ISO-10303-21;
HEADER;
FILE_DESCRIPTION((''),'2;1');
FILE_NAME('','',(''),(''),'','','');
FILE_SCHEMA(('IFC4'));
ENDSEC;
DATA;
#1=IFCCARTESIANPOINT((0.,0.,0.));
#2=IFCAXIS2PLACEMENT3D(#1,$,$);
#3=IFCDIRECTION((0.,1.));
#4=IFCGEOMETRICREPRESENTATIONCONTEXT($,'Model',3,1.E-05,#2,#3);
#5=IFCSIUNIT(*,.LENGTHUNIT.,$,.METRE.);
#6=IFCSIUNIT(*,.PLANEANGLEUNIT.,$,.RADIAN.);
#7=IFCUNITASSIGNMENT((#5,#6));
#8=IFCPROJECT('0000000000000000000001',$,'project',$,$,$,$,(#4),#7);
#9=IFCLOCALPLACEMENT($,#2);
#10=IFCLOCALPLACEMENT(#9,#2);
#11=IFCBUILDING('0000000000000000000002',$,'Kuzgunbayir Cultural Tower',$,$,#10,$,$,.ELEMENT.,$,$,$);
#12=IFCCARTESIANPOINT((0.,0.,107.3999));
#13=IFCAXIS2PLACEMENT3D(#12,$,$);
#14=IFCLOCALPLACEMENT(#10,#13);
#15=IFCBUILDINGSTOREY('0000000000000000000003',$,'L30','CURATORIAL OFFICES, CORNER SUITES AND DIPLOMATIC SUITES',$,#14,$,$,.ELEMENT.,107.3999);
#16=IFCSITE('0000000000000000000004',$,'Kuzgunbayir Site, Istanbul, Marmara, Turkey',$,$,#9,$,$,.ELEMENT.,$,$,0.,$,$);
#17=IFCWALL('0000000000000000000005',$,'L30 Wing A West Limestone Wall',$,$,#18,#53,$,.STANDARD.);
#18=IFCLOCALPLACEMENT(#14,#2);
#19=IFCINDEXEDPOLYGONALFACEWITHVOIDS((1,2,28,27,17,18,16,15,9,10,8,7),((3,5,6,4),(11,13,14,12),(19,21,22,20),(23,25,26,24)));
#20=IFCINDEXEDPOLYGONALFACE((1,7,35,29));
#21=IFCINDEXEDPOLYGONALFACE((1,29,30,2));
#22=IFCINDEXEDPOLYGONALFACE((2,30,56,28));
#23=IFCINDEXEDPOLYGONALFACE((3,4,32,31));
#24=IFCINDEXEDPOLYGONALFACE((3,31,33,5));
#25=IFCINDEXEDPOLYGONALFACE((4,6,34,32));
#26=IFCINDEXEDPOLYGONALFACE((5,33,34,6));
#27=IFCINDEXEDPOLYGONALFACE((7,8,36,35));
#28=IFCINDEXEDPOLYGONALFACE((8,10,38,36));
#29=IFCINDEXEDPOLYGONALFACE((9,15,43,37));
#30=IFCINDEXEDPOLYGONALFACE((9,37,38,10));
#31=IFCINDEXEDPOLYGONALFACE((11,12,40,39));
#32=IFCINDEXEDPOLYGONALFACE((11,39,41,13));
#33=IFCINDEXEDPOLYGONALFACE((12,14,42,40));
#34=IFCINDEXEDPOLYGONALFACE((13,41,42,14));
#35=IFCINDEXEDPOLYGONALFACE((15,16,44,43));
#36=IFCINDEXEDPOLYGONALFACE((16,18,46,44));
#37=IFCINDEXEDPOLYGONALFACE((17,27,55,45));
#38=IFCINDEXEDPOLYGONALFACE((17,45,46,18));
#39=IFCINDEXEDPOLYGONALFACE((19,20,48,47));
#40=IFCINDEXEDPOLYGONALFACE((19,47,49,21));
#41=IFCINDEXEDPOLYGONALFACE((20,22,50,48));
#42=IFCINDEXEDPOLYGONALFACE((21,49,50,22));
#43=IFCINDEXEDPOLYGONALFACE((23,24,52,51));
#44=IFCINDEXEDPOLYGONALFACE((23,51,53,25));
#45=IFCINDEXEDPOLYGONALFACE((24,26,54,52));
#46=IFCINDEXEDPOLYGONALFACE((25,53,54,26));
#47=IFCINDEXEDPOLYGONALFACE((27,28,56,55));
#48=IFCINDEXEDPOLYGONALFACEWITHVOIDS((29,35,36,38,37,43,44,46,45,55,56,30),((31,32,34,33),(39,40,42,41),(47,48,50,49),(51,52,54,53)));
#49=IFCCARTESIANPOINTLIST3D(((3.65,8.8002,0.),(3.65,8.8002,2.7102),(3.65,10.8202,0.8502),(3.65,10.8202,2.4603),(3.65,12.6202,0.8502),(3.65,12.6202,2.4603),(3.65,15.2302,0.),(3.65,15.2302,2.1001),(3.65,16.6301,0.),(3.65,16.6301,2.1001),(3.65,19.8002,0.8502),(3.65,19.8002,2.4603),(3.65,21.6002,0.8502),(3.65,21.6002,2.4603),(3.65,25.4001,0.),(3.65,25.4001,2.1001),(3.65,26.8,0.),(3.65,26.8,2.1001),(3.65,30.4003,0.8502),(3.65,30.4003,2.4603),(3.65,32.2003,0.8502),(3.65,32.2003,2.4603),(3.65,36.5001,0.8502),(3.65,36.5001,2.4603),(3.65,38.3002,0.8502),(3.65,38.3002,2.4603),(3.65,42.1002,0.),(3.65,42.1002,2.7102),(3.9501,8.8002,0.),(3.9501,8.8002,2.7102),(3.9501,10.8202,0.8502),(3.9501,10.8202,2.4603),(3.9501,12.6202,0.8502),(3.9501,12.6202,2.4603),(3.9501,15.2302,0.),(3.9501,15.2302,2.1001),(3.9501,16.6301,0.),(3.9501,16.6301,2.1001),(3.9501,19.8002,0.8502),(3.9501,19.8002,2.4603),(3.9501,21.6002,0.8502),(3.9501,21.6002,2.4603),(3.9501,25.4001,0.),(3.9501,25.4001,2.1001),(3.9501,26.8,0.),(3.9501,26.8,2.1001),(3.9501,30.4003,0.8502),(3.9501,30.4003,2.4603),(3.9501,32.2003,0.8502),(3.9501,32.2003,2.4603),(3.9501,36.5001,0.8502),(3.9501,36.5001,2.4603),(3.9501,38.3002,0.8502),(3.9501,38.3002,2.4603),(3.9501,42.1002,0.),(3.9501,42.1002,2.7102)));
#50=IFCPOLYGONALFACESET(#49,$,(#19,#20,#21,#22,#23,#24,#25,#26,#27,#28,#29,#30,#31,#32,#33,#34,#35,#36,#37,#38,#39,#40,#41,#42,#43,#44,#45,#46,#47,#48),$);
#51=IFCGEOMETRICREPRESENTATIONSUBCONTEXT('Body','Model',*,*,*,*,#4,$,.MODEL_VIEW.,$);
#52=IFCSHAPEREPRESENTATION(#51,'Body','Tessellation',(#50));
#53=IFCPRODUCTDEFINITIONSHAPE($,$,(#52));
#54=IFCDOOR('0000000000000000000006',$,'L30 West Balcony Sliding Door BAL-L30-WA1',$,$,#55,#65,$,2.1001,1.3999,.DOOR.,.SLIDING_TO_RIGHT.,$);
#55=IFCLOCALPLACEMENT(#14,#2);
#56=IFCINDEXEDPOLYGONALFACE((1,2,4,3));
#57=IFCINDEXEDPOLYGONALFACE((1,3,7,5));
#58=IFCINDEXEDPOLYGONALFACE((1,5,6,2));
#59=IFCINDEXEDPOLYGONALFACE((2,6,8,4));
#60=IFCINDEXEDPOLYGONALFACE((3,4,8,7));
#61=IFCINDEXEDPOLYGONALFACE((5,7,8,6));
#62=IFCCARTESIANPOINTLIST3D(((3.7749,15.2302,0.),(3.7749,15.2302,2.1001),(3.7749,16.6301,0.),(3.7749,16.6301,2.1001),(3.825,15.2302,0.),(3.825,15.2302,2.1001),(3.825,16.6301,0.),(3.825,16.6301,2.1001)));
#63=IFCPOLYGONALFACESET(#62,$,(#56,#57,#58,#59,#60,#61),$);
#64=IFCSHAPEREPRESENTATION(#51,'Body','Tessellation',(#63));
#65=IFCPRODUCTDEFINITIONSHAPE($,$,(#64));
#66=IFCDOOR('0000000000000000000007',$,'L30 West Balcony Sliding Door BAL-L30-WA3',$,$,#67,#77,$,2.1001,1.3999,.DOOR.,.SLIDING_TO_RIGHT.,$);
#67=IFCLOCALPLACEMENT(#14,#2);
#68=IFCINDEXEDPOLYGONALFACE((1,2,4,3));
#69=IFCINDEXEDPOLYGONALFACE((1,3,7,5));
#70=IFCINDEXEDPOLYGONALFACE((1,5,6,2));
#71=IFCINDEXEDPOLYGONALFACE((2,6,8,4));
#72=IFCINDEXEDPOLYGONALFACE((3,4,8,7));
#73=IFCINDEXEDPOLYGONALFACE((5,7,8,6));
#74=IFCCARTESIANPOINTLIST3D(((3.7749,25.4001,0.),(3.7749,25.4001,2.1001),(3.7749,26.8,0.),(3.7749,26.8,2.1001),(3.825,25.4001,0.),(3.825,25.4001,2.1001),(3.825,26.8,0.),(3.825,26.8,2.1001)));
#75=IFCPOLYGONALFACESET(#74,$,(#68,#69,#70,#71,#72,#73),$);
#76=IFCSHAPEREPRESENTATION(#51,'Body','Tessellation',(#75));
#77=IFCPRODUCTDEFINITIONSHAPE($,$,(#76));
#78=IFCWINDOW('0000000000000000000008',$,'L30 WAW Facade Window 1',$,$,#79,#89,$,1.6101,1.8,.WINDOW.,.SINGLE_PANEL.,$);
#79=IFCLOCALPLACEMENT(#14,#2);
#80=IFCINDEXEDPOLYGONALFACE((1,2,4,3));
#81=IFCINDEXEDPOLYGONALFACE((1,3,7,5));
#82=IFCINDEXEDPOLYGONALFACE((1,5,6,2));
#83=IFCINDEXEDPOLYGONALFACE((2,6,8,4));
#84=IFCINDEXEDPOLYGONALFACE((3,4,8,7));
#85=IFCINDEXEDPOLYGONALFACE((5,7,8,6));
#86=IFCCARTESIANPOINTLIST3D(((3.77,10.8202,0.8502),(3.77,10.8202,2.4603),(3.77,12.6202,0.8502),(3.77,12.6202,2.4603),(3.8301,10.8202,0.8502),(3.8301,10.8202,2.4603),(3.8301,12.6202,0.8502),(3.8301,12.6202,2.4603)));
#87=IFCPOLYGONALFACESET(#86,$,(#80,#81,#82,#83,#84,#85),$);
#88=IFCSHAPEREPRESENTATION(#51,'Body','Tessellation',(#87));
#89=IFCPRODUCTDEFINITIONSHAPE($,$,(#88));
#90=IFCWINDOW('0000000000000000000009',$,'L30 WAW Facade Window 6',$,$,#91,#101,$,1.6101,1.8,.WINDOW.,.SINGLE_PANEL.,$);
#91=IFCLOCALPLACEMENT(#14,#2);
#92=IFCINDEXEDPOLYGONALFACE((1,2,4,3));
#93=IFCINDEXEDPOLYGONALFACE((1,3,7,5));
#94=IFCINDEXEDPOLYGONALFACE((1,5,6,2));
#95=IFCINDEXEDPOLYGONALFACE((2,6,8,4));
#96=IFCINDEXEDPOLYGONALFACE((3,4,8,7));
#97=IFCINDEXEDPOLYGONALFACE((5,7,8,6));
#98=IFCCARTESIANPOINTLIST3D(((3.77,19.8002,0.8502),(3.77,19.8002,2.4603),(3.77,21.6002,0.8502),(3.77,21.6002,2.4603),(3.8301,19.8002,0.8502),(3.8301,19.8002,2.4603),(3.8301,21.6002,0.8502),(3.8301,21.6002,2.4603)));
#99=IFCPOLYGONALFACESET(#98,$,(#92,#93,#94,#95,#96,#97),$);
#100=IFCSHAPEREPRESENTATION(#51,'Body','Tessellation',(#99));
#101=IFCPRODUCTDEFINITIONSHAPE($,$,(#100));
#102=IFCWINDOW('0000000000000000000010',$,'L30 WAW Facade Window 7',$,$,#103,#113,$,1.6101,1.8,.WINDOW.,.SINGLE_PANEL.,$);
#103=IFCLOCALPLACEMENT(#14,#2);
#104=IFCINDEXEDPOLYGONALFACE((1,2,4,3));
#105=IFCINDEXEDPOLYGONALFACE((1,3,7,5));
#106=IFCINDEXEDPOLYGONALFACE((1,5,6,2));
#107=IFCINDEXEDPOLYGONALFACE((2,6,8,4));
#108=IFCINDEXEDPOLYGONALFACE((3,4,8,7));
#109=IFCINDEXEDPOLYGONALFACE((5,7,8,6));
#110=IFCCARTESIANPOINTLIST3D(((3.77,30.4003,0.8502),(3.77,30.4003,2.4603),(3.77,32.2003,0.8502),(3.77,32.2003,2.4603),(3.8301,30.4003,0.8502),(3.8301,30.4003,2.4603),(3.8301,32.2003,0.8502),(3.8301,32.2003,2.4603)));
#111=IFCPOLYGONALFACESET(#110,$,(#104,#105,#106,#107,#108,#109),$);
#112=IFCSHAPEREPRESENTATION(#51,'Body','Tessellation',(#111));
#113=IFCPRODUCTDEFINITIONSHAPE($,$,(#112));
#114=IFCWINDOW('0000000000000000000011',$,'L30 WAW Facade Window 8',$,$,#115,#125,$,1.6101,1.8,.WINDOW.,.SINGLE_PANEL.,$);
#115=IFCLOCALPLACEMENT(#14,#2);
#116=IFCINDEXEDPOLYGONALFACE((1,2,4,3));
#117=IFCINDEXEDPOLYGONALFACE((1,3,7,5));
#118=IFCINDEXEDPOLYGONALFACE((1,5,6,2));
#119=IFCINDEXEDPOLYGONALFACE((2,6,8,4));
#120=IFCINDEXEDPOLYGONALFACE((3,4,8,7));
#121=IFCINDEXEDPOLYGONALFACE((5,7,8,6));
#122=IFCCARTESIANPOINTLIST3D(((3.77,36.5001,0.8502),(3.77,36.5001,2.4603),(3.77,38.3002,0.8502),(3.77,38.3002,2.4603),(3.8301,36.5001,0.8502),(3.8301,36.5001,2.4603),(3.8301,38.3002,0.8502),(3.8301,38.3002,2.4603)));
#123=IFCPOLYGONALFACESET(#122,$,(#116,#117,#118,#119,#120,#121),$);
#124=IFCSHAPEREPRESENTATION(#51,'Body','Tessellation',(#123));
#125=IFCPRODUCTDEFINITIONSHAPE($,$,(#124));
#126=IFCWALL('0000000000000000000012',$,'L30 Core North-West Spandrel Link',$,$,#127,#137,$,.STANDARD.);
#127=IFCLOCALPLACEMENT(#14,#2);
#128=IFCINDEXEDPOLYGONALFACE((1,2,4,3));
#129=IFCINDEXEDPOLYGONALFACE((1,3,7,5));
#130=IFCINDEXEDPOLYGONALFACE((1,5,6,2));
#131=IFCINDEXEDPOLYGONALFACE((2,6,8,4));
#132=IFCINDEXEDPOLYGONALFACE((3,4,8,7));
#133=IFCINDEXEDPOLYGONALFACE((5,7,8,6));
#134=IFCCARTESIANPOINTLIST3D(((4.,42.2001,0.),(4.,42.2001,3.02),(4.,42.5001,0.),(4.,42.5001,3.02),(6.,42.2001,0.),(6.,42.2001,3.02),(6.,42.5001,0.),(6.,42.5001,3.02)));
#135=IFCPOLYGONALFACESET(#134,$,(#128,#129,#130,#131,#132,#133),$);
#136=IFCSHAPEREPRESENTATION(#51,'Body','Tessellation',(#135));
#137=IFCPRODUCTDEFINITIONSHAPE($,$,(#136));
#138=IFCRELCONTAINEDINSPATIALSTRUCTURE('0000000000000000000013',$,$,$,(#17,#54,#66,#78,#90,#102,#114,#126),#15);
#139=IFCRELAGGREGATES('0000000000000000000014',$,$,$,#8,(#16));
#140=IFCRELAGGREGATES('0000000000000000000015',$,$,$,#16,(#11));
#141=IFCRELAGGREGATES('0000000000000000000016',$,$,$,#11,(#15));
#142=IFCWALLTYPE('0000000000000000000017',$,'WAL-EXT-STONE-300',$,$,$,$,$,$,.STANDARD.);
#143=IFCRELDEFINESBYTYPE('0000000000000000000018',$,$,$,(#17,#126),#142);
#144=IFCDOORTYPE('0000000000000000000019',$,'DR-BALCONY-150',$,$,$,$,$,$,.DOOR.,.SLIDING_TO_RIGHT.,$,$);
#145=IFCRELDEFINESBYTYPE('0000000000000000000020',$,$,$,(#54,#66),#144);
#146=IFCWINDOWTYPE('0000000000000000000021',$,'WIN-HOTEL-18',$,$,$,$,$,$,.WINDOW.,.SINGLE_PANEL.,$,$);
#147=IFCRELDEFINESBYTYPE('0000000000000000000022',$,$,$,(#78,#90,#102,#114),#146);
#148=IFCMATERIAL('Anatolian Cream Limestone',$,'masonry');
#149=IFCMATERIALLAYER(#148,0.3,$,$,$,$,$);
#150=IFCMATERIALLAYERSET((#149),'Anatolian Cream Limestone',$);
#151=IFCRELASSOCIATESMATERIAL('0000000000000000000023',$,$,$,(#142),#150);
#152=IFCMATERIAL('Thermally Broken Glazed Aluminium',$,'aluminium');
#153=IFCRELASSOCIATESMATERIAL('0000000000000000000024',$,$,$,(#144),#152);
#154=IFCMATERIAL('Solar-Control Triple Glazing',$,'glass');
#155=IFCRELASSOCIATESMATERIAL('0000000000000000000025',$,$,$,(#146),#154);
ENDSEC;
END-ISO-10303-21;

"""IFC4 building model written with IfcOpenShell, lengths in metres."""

from ifc_helpers import new_model, si_unit, direction, frame, frame_2d, origin, place, context, subcontext, project, spatial, rectangle, extrude, material, layer, layer_set, type_object, element, fill, save


model = new_model("IFC4")

# Units and contexts
model_context = context("Model", 3, precision=1e-05, world=origin(), true_north=direction((0.0, 1.0)))
body_context = subcontext(model_context, "Body", "Model", "MODEL_VIEW")
ifc_project = project(units=[si_unit("LENGTHUNIT", "METRE"), si_unit("PLANEANGLEUNIT", "RADIAN")], contexts=[model_context])

# Site, building, storey
site_placement = place(None, origin())
site = spatial("IfcSite", under=ifc_project, at=site_placement, Name="Kuzgunbayir Site, Istanbul, Marmara, Turkey", CompositionType="ELEMENT", RefElevation=0.0)
building_placement = place(site_placement, origin())
building = spatial("IfcBuilding", under=site, at=building_placement, Name="Kuzgunbayir Cultural Tower", CompositionType="ELEMENT")
storey_placement = place(building_placement, frame((0.0, 0.0, 107.3999)))
storey = spatial("IfcBuildingStorey", under=building, at=storey_placement, Name="L30", Description="CURATORIAL OFFICES, CORNER SUITES AND DIPLOMATIC SUITES", CompositionType="ELEMENT", Elevation=107.3999)

# Wall, openings, doors, windows
ifc_material_1 = material(Name="Anatolian Cream Limestone", Category="masonry")
ifc_layer_1 = layer(ifc_material_1, 0.3)
ifc_layer_set_1 = layer_set([ifc_layer_1], Name="Anatolian Cream Limestone")
wall_type_1 = type_object("IfcWallType", Name="WAL-EXT-STONE-300", PredefinedType="STANDARD", material=ifc_layer_set_1)
wall_1_placement = place(storey_placement, frame((3.8, 42.1001, 0.0), z_axis=(0.0, 0.0, 1.0), x_axis=(0.0, -1.0, 0.0)))
wall_1 = element("IfcWall", 1, at=wall_1_placement, inside=storey, type_object=wall_type_1, Name="L30 Wing A West Limestone Wall", PredefinedType="STANDARD", context=body_context, shape_type="SweptSolid", body=[
    extrude(rectangle(XDim=33.3, YDim=0.3, at=frame_2d((16.6499, 0.0))), origin(), (0.0, 0.0, 1.0), 2.7102),
])
opening_1_placement = place(wall_1_placement, frame((25.47, 0.0, 0.0)))
opening_1 = element("IfcOpeningElement", 2, at=opening_1_placement, cuts=wall_1, PredefinedType="OPENING", context=body_context, shape_type="SweptSolid", body=[
    extrude(rectangle(XDim=1.3999, YDim=2.1001, at=frame_2d((0.7, 1.05))), frame((0.0, 0.1602, 0.0), z_axis=(0.0, -1.0, 0.0), x_axis=(1.0, 0.0, 0.0)), (0.0, 0.0, 1.0), 0.3201),
])
opening_2_placement = place(wall_1_placement, frame((15.3, 0.0, 0.0)))
opening_2 = element("IfcOpeningElement", 3, at=opening_2_placement, cuts=wall_1, PredefinedType="OPENING", context=body_context, shape_type="SweptSolid", body=[
    extrude(rectangle(XDim=1.3999, YDim=2.1001, at=frame_2d((0.7, 1.05))), frame((0.0, 0.1602, 0.0), z_axis=(0.0, -1.0, 0.0), x_axis=(1.0, 0.0, 0.0)), (0.0, 0.0, 1.0), 0.3201),
])
opening_3_placement = place(wall_1_placement, frame((29.48, 0.0, 0.8501)))
opening_3 = element("IfcOpeningElement", 4, at=opening_3_placement, cuts=wall_1, PredefinedType="OPENING", context=body_context, shape_type="SweptSolid", body=[
    extrude(rectangle(XDim=1.8, YDim=1.6101, at=frame_2d((0.8999, 0.8052))), frame((0.0, 0.1602, 0.0), z_axis=(0.0, -1.0, 0.0), x_axis=(1.0, 0.0, 0.0)), (0.0, 0.0, 1.0), 0.3201),
])
opening_4_placement = place(wall_1_placement, frame((20.5, 0.0, 0.8501)))
opening_4 = element("IfcOpeningElement", 5, at=opening_4_placement, cuts=wall_1, PredefinedType="OPENING", context=body_context, shape_type="SweptSolid", body=[
    extrude(rectangle(XDim=1.8, YDim=1.6101, at=frame_2d((0.8999, 0.8052))), frame((0.0, 0.1602, 0.0), z_axis=(0.0, -1.0, 0.0), x_axis=(1.0, 0.0, 0.0)), (0.0, 0.0, 1.0), 0.3201),
])
opening_5_placement = place(wall_1_placement, frame((9.8999, 0.0, 0.8501)))
opening_5 = element("IfcOpeningElement", 6, at=opening_5_placement, cuts=wall_1, PredefinedType="OPENING", context=body_context, shape_type="SweptSolid", body=[
    extrude(rectangle(XDim=1.8, YDim=1.6101, at=frame_2d((0.8999, 0.8052))), frame((0.0, 0.1602, 0.0), z_axis=(0.0, -1.0, 0.0), x_axis=(1.0, 0.0, 0.0)), (0.0, 0.0, 1.0), 0.3201),
])
opening_6_placement = place(wall_1_placement, frame((3.8, 0.0, 0.8501)))
opening_6 = element("IfcOpeningElement", 7, at=opening_6_placement, cuts=wall_1, PredefinedType="OPENING", context=body_context, shape_type="SweptSolid", body=[
    extrude(rectangle(XDim=1.8, YDim=1.6101, at=frame_2d((0.8999, 0.8052))), frame((0.0, 0.1602, 0.0), z_axis=(0.0, -1.0, 0.0), x_axis=(1.0, 0.0, 0.0)), (0.0, 0.0, 1.0), 0.3201),
])
ifc_material_2 = material(Name="Thermally Broken Glazed Aluminium", Category="aluminium")
door_type = type_object("IfcDoorType", Name="DR-BALCONY-150", OperationType="SLIDING_TO_RIGHT", PredefinedType="DOOR", material=ifc_material_2)
door_1_placement = place(opening_1_placement, origin())
door_1 = element("IfcDoor", 8, at=door_1_placement, inside=storey, type_object=door_type, Name="L30 West Balcony Sliding Door BAL-L30-WA1", OperationType="SLIDING_TO_RIGHT", OverallHeight=2.1001, OverallWidth=1.3999, PredefinedType="DOOR", context=body_context, shape_type="SweptSolid", body=[
    extrude(rectangle(XDim=1.3999, YDim=2.1001, at=frame_2d((0.7, 1.05))), frame((0.0, 0.0249, 0.0), z_axis=(0.0, -1.0, 0.0), x_axis=(1.0, 0.0, 0.0)), (0.0, 0.0, 1.0), 0.05),
])
fill(opening_1, door_1)
door_2_placement = place(opening_2_placement, origin())
door_2 = element("IfcDoor", 9, at=door_2_placement, inside=storey, type_object=door_type, Name="L30 West Balcony Sliding Door BAL-L30-WA3", OperationType="SLIDING_TO_RIGHT", OverallHeight=2.1001, OverallWidth=1.3999, PredefinedType="DOOR", context=body_context, shape_type="SweptSolid", body=[
    extrude(rectangle(XDim=1.3999, YDim=2.1001, at=frame_2d((0.7, 1.05))), frame((0.0, 0.0249, 0.0), z_axis=(0.0, -1.0, 0.0), x_axis=(1.0, 0.0, 0.0)), (0.0, 0.0, 1.0), 0.05),
])
fill(opening_2, door_2)
ifc_material_3 = material(Name="Solar-Control Triple Glazing", Category="glass")
window_type = type_object("IfcWindowType", Name="WIN-HOTEL-18", PartitioningType="SINGLE_PANEL", PredefinedType="WINDOW", material=ifc_material_3)
window_1_placement = place(opening_3_placement, origin())
window_1 = element("IfcWindow", 10, at=window_1_placement, inside=storey, type_object=window_type, Name="L30 WAW Facade Window 1", OverallHeight=1.6101, OverallWidth=1.8, PartitioningType="SINGLE_PANEL", PredefinedType="WINDOW", context=body_context, shape_type="SweptSolid", body=[
    extrude(rectangle(XDim=1.8, YDim=1.6101, at=frame_2d((0.8999, 0.8052))), frame((0.0, 0.03, 0.0), z_axis=(0.0, -1.0, 0.0), x_axis=(1.0, 0.0, 0.0)), (0.0, 0.0, 1.0), 0.0601),
])
fill(opening_3, window_1)
window_2_placement = place(opening_4_placement, origin())
window_2 = element("IfcWindow", 11, at=window_2_placement, inside=storey, type_object=window_type, Name="L30 WAW Facade Window 6", OverallHeight=1.6101, OverallWidth=1.8, PartitioningType="SINGLE_PANEL", PredefinedType="WINDOW", context=body_context, shape_type="SweptSolid", body=[
    extrude(rectangle(XDim=1.8, YDim=1.6101, at=frame_2d((0.8999, 0.8052))), frame((0.0, 0.03, 0.0), z_axis=(0.0, -1.0, 0.0), x_axis=(1.0, 0.0, 0.0)), (0.0, 0.0, 1.0), 0.0601),
])
fill(opening_4, window_2)
window_3_placement = place(opening_5_placement, origin())
window_3 = element("IfcWindow", 12, at=window_3_placement, inside=storey, type_object=window_type, Name="L30 WAW Facade Window 7", OverallHeight=1.6101, OverallWidth=1.8, PartitioningType="SINGLE_PANEL", PredefinedType="WINDOW", context=body_context, shape_type="SweptSolid", body=[
    extrude(rectangle(XDim=1.8, YDim=1.6101, at=frame_2d((0.8999, 0.8052))), frame((0.0, 0.03, 0.0), z_axis=(0.0, -1.0, 0.0), x_axis=(1.0, 0.0, 0.0)), (0.0, 0.0, 1.0), 0.0601),
])
fill(opening_5, window_3)
window_4_placement = place(opening_6_placement, origin())
window_4 = element("IfcWindow", 13, at=window_4_placement, inside=storey, type_object=window_type, Name="L30 WAW Facade Window 8", OverallHeight=1.6101, OverallWidth=1.8, PartitioningType="SINGLE_PANEL", PredefinedType="WINDOW", context=body_context, shape_type="SweptSolid", body=[
    extrude(rectangle(XDim=1.8, YDim=1.6101, at=frame_2d((0.8999, 0.8052))), frame((0.0, 0.03, 0.0), z_axis=(0.0, -1.0, 0.0), x_axis=(1.0, 0.0, 0.0)), (0.0, 0.0, 1.0), 0.0601),
])
fill(opening_6, window_4)

# Wall
wall_2_placement = place(storey_placement, frame((6.0, 42.3501, 0.0), z_axis=(0.0, 0.0, 1.0), x_axis=(-1.0, 0.0, 0.0)))
element("IfcWall", 14, at=wall_2_placement, inside=storey, type_object=wall_type_1, Name="L30 Core North-West Spandrel Link", PredefinedType="STANDARD", context=body_context, shape_type="SweptSolid", body=[
    extrude(rectangle(XDim=2.0, YDim=0.3, at=frame_2d((1.0, 0.0))), origin(), (0.0, 0.0, 1.0), 3.02),
])

save(model, "model.ifc")
